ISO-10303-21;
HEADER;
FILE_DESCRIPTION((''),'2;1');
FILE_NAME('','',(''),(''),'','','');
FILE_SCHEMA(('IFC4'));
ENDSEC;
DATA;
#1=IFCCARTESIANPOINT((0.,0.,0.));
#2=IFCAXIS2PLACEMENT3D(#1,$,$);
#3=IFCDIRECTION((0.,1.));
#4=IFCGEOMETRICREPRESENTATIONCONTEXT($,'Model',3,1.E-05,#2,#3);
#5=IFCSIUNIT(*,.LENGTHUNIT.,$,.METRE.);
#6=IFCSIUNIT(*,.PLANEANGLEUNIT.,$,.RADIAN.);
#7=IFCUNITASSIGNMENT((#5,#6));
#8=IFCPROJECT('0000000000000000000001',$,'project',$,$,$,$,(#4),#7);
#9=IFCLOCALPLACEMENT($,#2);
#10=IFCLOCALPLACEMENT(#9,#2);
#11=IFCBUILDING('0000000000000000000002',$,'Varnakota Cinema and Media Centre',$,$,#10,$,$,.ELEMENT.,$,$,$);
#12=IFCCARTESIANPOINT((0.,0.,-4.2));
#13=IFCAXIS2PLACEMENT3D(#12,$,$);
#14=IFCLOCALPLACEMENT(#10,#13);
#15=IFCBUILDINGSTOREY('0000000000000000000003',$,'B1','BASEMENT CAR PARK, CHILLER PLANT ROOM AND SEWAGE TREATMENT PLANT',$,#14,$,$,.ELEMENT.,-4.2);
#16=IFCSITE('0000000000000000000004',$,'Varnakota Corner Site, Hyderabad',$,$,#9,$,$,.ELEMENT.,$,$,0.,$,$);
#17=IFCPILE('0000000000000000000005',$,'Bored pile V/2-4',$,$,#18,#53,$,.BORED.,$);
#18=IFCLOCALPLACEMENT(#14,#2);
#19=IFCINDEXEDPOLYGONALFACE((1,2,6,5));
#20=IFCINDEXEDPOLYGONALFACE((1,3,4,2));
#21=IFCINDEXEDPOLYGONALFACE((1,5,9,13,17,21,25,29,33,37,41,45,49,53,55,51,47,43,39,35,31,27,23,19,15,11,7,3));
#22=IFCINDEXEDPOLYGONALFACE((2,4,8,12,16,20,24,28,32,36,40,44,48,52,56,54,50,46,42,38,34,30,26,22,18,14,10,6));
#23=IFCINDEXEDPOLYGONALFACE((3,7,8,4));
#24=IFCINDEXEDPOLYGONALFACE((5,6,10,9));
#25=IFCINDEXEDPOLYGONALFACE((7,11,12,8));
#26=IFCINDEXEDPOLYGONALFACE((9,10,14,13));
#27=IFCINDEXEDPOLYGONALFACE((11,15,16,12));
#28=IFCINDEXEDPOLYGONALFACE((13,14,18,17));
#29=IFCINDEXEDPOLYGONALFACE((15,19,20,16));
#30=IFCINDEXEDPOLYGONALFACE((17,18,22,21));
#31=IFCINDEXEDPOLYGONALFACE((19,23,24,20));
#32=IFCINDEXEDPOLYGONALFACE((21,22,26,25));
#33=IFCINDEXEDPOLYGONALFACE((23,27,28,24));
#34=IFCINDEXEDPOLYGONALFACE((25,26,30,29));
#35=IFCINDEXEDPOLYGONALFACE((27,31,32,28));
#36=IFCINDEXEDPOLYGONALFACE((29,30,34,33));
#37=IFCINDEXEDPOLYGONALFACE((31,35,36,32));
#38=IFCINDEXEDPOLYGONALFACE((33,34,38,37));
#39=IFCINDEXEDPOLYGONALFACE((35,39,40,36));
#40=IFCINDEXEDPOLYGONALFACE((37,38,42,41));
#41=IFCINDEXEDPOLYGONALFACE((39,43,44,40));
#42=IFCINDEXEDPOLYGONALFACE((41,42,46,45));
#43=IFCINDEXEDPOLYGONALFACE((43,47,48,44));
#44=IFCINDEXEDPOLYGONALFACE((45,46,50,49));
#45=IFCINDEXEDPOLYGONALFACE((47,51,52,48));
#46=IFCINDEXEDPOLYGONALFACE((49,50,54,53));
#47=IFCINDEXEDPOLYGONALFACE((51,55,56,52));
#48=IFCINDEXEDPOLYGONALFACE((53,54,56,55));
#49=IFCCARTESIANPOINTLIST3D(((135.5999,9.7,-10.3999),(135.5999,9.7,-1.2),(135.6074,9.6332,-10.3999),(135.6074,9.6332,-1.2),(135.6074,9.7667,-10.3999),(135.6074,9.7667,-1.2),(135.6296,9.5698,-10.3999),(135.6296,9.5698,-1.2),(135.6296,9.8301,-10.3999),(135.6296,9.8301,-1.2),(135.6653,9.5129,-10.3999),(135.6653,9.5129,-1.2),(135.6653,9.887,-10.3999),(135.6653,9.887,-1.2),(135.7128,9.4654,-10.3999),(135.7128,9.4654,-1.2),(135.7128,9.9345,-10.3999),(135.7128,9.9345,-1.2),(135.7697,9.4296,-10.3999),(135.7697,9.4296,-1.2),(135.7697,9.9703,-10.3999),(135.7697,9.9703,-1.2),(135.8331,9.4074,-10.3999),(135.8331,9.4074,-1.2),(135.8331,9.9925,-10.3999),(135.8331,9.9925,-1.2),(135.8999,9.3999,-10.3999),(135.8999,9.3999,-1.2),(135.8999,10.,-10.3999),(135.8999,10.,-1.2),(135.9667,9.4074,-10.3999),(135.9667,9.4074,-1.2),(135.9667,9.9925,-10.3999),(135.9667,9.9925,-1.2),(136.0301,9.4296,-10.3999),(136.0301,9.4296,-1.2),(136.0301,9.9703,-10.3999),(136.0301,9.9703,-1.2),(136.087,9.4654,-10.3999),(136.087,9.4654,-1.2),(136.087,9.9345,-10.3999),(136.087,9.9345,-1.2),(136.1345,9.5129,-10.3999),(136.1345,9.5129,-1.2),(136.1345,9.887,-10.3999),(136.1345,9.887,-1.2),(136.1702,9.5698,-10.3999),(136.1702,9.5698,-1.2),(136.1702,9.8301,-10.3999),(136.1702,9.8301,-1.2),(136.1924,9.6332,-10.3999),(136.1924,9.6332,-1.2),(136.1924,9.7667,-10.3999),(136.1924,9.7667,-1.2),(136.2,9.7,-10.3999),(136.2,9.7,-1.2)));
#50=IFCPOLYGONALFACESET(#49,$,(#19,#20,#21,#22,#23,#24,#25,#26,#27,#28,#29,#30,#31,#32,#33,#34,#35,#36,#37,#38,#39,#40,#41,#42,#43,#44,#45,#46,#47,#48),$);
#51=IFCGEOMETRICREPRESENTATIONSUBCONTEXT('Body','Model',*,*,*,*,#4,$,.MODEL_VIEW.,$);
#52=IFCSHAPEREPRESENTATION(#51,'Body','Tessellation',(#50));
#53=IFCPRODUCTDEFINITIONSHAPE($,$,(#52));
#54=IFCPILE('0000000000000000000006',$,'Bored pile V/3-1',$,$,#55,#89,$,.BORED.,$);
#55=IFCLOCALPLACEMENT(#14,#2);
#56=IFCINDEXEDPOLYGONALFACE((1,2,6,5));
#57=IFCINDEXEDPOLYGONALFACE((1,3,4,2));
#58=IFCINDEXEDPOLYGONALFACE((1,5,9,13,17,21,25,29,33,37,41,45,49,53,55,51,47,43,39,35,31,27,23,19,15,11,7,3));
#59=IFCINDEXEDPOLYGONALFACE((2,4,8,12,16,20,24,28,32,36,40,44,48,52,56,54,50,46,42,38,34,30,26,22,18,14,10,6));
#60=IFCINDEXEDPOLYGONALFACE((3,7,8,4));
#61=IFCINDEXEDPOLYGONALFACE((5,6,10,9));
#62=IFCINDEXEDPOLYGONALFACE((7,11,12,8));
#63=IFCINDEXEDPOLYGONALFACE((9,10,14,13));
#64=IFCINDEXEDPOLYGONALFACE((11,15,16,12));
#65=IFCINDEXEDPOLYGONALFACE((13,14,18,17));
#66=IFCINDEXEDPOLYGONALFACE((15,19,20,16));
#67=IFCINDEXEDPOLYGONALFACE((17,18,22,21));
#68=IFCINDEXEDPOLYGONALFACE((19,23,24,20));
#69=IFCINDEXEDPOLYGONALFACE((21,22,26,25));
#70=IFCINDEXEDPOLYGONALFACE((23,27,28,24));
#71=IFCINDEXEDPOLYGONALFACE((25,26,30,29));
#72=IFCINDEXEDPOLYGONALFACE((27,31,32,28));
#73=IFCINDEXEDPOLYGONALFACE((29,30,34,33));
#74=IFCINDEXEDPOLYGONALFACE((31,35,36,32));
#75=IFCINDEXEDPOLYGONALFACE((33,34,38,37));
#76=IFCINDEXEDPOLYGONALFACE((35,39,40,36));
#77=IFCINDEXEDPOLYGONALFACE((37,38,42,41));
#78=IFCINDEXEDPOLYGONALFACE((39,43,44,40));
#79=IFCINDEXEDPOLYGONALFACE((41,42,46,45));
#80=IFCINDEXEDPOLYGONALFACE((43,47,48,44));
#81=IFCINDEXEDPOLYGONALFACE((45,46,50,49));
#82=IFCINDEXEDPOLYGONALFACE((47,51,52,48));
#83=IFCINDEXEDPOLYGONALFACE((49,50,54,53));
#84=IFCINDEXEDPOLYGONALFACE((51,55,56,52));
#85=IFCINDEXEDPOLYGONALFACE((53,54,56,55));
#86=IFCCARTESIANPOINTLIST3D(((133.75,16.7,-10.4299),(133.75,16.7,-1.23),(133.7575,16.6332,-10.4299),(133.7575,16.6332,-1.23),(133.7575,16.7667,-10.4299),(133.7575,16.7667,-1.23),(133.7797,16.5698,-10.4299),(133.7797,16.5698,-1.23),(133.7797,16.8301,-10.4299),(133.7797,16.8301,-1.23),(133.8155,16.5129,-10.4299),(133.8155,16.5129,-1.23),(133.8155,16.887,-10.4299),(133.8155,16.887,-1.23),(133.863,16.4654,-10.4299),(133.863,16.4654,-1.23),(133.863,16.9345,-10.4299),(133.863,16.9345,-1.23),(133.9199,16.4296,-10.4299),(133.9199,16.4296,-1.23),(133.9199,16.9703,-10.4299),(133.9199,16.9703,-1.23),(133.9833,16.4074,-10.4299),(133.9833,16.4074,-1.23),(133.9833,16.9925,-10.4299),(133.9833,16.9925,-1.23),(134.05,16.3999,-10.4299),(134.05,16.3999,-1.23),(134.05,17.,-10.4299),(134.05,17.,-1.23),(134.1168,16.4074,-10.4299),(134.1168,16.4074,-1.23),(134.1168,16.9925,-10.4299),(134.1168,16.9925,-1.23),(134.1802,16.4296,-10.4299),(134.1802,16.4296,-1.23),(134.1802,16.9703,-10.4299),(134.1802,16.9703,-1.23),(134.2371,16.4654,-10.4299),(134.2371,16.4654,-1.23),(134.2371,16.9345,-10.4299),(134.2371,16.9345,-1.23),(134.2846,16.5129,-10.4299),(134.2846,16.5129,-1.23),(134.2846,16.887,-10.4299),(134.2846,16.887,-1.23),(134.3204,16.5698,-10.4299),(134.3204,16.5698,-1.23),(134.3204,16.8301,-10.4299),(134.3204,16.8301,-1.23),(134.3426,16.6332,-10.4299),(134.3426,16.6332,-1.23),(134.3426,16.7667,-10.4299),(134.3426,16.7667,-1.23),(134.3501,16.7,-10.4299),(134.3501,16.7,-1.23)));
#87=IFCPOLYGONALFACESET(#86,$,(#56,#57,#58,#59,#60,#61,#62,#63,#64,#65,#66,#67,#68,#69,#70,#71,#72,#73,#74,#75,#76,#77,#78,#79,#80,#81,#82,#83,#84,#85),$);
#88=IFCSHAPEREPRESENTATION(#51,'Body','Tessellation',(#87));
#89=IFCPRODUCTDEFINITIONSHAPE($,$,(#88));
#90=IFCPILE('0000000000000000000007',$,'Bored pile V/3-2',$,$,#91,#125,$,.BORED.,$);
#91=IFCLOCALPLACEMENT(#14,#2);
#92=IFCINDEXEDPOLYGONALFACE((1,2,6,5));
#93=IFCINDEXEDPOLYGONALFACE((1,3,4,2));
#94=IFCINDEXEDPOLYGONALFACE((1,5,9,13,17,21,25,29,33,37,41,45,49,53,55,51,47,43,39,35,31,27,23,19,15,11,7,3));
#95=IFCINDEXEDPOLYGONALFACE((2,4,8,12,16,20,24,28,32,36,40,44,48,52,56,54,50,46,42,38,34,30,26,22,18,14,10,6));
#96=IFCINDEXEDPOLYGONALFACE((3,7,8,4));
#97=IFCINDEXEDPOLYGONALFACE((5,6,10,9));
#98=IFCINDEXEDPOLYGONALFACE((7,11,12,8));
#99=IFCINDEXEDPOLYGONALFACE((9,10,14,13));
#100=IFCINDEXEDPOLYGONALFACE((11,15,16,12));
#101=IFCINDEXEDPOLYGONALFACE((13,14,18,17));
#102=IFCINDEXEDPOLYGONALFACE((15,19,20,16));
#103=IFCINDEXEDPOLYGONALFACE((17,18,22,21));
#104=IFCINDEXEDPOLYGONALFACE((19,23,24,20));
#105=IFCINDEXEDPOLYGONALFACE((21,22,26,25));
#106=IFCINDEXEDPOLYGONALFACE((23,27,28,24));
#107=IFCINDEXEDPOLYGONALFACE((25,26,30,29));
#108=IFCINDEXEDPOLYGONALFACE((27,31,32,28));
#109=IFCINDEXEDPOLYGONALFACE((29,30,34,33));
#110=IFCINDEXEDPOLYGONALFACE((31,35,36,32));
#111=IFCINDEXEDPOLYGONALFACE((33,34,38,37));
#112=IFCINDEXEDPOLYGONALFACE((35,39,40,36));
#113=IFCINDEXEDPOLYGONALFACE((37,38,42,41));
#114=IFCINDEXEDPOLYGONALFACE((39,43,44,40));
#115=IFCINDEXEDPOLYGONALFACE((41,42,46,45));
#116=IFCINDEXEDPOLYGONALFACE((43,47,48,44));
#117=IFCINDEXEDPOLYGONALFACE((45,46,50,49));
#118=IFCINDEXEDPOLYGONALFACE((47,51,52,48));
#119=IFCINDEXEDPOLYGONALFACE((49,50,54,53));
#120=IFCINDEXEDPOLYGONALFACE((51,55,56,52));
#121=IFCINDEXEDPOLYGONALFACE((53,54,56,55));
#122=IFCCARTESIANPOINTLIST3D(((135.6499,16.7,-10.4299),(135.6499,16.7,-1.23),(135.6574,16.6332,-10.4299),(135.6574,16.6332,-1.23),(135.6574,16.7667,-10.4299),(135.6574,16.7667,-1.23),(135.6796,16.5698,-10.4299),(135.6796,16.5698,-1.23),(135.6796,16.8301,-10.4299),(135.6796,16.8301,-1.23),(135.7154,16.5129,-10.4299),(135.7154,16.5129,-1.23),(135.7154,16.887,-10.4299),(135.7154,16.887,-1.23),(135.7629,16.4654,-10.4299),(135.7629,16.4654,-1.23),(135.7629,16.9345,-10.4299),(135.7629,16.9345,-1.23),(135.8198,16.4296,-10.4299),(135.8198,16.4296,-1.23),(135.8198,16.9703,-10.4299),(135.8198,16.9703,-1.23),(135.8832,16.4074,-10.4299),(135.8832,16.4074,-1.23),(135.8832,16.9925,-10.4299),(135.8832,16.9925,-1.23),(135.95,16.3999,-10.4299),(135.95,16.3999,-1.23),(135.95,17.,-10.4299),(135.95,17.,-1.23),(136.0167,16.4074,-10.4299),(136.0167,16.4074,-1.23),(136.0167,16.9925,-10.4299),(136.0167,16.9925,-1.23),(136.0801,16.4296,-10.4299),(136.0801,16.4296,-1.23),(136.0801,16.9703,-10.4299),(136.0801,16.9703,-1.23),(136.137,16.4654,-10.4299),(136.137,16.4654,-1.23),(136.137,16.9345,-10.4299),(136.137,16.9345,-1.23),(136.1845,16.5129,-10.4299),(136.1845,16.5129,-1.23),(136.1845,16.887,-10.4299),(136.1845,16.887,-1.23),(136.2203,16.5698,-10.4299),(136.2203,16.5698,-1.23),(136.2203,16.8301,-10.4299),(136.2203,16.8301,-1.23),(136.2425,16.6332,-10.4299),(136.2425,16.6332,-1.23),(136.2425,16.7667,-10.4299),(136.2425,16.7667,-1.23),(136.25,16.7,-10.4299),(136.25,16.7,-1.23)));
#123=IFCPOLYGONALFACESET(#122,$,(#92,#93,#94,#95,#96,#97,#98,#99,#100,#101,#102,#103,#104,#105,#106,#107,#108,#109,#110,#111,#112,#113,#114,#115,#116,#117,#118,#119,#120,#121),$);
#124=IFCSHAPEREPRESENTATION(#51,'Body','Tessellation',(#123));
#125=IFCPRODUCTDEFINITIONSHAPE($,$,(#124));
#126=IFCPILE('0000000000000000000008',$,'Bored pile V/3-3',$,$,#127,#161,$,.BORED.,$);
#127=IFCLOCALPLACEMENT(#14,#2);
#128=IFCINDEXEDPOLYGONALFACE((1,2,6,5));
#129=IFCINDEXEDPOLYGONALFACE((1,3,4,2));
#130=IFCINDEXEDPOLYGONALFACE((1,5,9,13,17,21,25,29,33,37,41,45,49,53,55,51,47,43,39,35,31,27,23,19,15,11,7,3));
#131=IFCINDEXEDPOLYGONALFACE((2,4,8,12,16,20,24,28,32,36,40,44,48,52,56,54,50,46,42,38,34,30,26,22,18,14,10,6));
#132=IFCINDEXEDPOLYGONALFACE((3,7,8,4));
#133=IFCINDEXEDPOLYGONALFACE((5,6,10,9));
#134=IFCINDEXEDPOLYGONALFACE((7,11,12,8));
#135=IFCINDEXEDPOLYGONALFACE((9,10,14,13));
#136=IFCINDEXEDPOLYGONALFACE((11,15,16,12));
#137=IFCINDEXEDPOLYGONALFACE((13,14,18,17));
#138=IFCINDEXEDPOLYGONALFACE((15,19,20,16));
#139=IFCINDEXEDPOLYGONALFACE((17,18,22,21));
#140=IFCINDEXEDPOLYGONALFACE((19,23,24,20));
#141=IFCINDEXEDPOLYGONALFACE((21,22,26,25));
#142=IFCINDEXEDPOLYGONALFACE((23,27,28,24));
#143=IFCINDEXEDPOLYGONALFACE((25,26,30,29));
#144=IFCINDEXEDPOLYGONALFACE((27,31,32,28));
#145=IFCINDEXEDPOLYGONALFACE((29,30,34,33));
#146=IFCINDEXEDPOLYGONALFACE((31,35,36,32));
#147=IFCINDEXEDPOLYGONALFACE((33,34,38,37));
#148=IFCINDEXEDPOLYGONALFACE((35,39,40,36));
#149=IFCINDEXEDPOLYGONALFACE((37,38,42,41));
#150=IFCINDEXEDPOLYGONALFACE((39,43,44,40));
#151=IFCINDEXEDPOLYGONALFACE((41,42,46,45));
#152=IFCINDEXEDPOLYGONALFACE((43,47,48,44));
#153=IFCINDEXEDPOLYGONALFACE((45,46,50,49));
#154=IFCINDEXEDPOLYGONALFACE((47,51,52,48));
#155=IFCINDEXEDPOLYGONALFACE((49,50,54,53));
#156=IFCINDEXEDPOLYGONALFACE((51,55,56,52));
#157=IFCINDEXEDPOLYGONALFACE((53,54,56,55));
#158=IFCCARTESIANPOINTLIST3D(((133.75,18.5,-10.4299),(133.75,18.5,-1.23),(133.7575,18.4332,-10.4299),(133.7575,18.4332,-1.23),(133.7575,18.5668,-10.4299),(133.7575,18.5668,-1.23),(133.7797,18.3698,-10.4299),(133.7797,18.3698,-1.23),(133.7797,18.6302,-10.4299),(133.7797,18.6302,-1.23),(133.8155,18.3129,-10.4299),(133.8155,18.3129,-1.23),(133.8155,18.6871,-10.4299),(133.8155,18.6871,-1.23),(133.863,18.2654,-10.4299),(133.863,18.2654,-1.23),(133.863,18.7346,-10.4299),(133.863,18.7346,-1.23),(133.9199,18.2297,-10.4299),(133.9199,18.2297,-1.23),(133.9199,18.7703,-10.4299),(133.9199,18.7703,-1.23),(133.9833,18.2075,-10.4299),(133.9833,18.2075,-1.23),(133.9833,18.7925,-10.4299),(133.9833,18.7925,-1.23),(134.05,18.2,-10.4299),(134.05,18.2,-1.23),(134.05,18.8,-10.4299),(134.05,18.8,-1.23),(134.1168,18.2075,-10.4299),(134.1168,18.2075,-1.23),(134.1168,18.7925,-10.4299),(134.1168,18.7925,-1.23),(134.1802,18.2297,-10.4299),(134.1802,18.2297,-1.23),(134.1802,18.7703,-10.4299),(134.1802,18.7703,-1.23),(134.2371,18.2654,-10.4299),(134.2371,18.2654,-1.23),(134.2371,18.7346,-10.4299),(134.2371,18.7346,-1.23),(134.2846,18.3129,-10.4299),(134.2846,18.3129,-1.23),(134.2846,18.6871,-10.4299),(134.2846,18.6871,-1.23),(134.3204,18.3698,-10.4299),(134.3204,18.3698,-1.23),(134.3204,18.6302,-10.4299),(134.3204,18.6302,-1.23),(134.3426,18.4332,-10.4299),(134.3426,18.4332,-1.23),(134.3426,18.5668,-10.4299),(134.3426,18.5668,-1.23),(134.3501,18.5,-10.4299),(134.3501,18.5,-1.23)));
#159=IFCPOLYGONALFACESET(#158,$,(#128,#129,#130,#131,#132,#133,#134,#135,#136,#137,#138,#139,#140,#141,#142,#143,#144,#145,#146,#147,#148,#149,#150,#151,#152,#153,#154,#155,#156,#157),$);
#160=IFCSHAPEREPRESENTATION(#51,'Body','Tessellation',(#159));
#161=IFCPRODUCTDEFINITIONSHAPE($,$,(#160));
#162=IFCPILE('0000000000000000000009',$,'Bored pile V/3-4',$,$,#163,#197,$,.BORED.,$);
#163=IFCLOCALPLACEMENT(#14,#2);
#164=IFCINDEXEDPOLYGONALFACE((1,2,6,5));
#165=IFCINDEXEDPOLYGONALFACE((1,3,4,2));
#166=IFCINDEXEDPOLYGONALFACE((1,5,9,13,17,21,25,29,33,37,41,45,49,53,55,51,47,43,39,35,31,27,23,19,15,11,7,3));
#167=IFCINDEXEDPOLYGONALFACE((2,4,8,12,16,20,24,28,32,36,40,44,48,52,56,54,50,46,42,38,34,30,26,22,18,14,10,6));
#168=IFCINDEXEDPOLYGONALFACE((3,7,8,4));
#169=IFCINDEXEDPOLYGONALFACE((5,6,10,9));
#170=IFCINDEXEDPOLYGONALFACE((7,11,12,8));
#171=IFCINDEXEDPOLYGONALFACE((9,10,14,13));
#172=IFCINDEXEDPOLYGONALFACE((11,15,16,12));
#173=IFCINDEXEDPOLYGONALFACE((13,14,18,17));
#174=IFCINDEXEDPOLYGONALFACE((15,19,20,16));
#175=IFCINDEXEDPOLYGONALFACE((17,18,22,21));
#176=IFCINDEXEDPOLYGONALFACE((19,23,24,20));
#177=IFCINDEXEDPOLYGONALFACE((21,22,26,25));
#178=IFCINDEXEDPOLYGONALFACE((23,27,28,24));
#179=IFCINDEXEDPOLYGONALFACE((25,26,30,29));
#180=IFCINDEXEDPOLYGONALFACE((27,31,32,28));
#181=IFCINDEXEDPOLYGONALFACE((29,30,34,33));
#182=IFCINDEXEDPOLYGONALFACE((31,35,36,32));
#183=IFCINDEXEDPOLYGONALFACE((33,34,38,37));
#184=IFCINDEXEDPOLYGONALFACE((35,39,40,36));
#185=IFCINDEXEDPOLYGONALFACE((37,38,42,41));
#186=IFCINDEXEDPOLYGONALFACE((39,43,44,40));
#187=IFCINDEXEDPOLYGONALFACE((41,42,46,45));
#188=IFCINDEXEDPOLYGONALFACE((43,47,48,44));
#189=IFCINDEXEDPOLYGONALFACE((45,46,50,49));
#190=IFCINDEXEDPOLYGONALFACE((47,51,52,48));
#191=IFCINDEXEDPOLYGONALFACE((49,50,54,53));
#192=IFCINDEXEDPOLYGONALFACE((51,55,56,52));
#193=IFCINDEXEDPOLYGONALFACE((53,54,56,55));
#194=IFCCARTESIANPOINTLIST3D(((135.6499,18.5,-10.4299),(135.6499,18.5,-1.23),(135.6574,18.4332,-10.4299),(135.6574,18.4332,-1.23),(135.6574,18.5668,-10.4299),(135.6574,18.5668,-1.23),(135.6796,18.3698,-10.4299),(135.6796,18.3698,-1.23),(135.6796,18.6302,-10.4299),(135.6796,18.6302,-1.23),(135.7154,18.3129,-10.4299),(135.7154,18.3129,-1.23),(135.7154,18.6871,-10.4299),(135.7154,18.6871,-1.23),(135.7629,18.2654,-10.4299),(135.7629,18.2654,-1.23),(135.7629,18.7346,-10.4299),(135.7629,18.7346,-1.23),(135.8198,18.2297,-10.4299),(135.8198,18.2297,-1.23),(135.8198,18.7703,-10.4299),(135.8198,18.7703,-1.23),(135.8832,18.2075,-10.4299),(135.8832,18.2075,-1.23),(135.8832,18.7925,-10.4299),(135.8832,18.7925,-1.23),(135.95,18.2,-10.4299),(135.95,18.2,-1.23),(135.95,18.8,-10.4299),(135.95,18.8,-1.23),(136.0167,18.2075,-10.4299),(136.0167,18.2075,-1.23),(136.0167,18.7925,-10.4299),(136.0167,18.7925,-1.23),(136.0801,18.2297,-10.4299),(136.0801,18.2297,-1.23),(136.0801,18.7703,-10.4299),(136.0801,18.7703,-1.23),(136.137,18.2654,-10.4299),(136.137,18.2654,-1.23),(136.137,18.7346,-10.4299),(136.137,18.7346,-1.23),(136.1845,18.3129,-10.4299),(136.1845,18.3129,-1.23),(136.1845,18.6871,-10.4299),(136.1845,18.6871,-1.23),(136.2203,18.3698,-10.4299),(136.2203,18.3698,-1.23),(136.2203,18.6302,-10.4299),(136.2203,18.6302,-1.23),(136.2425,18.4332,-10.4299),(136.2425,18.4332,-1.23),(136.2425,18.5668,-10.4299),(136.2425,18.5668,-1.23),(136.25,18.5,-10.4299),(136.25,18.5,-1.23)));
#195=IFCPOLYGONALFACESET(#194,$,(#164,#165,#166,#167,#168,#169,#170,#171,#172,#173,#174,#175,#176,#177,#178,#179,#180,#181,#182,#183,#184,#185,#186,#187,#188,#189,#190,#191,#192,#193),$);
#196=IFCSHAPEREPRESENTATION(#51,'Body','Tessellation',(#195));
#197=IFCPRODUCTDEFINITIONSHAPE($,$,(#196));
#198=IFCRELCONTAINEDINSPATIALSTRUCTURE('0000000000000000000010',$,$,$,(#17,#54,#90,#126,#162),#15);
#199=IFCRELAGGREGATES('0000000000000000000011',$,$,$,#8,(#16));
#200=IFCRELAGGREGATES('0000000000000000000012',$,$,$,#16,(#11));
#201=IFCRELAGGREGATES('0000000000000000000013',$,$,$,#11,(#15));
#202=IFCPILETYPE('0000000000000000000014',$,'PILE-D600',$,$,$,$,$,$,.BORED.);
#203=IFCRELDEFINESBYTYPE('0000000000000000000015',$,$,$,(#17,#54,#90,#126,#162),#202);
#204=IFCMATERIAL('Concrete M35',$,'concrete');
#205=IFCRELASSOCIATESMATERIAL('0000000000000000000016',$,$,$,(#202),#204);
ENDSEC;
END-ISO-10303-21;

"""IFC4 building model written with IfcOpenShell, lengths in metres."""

from ifc_helpers import new_model, si_unit, direction, frame, origin, origin_2d, place, context, subcontext, project, spatial, circle, extrude, material, material_profile, profile_set, type_object, element, save


model = new_model("IFC4")

# Units and contexts
model_context = context("Model", 3, precision=1e-05, world=origin(), true_north=direction((0.0, 1.0)))
body_context = subcontext(model_context, "Body", "Model", "MODEL_VIEW")
ifc_project = project(units=[si_unit("LENGTHUNIT", "METRE"), si_unit("PLANEANGLEUNIT", "RADIAN")], contexts=[model_context])

# Site, building, storey
site_placement = place(None, origin())
site = spatial("IfcSite", under=ifc_project, at=site_placement, Name="Varnakota Corner Site, Hyderabad", CompositionType="ELEMENT", RefElevation=0.0)
building_placement = place(site_placement, origin())
building = spatial("IfcBuilding", under=site, at=building_placement, Name="Varnakota Cinema and Media Centre", CompositionType="ELEMENT")
storey_placement = place(building_placement, frame((0.0, 0.0, -4.2)))
storey = spatial("IfcBuildingStorey", under=building, at=storey_placement, Name="B1", Description="BASEMENT CAR PARK, CHILLER PLANT ROOM AND SEWAGE TREATMENT PLANT", CompositionType="ELEMENT", Elevation=-4.2)

# Piles
ifc_material_1 = material(Name="Concrete M35", Category="concrete")
ifc_material_profile_1 = material_profile(ifc_material_1, circle(Radius=0.3, at=origin_2d()), Name="PILE D600")
ifc_profile_set_1 = profile_set([ifc_material_profile_1], Name="Concrete M35")
pile_type_1 = type_object("IfcPileType", Name="PILE-D600", PredefinedType="BORED", material=ifc_profile_set_1)
for number, where, z_axis, x_axis, name in (
    (1, (135.8999, 9.7, -1.2), (0.0, 0.0, -1.0), (1.0, 0.0, 0.0), "Bored pile V/2-4"),
    (2, (134.05, 16.7, -1.23), (0.0, 0.0, -1.0), (1.0, 0.0, 0.0), "Bored pile V/3-1"),
    (3, (135.95, 16.7, -1.23), (0.0, 0.0, -1.0), (1.0, 0.0, 0.0), "Bored pile V/3-2"),
    (4, (134.05, 18.5, -1.23), (0.0, 0.0, -1.0), (1.0, 0.0, 0.0), "Bored pile V/3-3"),
    (5, (135.95, 18.5, -1.23), (0.0, 0.0, -1.0), (1.0, 0.0, 0.0), "Bored pile V/3-4"),
):
    element("IfcPile", number, at=place(storey_placement, frame(where, z_axis=z_axis, x_axis=x_axis)), inside=storey, type_object=pile_type_1, Name=name, PredefinedType="BORED", context=body_context, shape_type="SweptSolid", body=[
        extrude(circle(Radius=0.3, at=origin_2d()), origin(), (0.0, 0.0, 1.0), 9.2),
    ])

save(model, "model.ifc")
